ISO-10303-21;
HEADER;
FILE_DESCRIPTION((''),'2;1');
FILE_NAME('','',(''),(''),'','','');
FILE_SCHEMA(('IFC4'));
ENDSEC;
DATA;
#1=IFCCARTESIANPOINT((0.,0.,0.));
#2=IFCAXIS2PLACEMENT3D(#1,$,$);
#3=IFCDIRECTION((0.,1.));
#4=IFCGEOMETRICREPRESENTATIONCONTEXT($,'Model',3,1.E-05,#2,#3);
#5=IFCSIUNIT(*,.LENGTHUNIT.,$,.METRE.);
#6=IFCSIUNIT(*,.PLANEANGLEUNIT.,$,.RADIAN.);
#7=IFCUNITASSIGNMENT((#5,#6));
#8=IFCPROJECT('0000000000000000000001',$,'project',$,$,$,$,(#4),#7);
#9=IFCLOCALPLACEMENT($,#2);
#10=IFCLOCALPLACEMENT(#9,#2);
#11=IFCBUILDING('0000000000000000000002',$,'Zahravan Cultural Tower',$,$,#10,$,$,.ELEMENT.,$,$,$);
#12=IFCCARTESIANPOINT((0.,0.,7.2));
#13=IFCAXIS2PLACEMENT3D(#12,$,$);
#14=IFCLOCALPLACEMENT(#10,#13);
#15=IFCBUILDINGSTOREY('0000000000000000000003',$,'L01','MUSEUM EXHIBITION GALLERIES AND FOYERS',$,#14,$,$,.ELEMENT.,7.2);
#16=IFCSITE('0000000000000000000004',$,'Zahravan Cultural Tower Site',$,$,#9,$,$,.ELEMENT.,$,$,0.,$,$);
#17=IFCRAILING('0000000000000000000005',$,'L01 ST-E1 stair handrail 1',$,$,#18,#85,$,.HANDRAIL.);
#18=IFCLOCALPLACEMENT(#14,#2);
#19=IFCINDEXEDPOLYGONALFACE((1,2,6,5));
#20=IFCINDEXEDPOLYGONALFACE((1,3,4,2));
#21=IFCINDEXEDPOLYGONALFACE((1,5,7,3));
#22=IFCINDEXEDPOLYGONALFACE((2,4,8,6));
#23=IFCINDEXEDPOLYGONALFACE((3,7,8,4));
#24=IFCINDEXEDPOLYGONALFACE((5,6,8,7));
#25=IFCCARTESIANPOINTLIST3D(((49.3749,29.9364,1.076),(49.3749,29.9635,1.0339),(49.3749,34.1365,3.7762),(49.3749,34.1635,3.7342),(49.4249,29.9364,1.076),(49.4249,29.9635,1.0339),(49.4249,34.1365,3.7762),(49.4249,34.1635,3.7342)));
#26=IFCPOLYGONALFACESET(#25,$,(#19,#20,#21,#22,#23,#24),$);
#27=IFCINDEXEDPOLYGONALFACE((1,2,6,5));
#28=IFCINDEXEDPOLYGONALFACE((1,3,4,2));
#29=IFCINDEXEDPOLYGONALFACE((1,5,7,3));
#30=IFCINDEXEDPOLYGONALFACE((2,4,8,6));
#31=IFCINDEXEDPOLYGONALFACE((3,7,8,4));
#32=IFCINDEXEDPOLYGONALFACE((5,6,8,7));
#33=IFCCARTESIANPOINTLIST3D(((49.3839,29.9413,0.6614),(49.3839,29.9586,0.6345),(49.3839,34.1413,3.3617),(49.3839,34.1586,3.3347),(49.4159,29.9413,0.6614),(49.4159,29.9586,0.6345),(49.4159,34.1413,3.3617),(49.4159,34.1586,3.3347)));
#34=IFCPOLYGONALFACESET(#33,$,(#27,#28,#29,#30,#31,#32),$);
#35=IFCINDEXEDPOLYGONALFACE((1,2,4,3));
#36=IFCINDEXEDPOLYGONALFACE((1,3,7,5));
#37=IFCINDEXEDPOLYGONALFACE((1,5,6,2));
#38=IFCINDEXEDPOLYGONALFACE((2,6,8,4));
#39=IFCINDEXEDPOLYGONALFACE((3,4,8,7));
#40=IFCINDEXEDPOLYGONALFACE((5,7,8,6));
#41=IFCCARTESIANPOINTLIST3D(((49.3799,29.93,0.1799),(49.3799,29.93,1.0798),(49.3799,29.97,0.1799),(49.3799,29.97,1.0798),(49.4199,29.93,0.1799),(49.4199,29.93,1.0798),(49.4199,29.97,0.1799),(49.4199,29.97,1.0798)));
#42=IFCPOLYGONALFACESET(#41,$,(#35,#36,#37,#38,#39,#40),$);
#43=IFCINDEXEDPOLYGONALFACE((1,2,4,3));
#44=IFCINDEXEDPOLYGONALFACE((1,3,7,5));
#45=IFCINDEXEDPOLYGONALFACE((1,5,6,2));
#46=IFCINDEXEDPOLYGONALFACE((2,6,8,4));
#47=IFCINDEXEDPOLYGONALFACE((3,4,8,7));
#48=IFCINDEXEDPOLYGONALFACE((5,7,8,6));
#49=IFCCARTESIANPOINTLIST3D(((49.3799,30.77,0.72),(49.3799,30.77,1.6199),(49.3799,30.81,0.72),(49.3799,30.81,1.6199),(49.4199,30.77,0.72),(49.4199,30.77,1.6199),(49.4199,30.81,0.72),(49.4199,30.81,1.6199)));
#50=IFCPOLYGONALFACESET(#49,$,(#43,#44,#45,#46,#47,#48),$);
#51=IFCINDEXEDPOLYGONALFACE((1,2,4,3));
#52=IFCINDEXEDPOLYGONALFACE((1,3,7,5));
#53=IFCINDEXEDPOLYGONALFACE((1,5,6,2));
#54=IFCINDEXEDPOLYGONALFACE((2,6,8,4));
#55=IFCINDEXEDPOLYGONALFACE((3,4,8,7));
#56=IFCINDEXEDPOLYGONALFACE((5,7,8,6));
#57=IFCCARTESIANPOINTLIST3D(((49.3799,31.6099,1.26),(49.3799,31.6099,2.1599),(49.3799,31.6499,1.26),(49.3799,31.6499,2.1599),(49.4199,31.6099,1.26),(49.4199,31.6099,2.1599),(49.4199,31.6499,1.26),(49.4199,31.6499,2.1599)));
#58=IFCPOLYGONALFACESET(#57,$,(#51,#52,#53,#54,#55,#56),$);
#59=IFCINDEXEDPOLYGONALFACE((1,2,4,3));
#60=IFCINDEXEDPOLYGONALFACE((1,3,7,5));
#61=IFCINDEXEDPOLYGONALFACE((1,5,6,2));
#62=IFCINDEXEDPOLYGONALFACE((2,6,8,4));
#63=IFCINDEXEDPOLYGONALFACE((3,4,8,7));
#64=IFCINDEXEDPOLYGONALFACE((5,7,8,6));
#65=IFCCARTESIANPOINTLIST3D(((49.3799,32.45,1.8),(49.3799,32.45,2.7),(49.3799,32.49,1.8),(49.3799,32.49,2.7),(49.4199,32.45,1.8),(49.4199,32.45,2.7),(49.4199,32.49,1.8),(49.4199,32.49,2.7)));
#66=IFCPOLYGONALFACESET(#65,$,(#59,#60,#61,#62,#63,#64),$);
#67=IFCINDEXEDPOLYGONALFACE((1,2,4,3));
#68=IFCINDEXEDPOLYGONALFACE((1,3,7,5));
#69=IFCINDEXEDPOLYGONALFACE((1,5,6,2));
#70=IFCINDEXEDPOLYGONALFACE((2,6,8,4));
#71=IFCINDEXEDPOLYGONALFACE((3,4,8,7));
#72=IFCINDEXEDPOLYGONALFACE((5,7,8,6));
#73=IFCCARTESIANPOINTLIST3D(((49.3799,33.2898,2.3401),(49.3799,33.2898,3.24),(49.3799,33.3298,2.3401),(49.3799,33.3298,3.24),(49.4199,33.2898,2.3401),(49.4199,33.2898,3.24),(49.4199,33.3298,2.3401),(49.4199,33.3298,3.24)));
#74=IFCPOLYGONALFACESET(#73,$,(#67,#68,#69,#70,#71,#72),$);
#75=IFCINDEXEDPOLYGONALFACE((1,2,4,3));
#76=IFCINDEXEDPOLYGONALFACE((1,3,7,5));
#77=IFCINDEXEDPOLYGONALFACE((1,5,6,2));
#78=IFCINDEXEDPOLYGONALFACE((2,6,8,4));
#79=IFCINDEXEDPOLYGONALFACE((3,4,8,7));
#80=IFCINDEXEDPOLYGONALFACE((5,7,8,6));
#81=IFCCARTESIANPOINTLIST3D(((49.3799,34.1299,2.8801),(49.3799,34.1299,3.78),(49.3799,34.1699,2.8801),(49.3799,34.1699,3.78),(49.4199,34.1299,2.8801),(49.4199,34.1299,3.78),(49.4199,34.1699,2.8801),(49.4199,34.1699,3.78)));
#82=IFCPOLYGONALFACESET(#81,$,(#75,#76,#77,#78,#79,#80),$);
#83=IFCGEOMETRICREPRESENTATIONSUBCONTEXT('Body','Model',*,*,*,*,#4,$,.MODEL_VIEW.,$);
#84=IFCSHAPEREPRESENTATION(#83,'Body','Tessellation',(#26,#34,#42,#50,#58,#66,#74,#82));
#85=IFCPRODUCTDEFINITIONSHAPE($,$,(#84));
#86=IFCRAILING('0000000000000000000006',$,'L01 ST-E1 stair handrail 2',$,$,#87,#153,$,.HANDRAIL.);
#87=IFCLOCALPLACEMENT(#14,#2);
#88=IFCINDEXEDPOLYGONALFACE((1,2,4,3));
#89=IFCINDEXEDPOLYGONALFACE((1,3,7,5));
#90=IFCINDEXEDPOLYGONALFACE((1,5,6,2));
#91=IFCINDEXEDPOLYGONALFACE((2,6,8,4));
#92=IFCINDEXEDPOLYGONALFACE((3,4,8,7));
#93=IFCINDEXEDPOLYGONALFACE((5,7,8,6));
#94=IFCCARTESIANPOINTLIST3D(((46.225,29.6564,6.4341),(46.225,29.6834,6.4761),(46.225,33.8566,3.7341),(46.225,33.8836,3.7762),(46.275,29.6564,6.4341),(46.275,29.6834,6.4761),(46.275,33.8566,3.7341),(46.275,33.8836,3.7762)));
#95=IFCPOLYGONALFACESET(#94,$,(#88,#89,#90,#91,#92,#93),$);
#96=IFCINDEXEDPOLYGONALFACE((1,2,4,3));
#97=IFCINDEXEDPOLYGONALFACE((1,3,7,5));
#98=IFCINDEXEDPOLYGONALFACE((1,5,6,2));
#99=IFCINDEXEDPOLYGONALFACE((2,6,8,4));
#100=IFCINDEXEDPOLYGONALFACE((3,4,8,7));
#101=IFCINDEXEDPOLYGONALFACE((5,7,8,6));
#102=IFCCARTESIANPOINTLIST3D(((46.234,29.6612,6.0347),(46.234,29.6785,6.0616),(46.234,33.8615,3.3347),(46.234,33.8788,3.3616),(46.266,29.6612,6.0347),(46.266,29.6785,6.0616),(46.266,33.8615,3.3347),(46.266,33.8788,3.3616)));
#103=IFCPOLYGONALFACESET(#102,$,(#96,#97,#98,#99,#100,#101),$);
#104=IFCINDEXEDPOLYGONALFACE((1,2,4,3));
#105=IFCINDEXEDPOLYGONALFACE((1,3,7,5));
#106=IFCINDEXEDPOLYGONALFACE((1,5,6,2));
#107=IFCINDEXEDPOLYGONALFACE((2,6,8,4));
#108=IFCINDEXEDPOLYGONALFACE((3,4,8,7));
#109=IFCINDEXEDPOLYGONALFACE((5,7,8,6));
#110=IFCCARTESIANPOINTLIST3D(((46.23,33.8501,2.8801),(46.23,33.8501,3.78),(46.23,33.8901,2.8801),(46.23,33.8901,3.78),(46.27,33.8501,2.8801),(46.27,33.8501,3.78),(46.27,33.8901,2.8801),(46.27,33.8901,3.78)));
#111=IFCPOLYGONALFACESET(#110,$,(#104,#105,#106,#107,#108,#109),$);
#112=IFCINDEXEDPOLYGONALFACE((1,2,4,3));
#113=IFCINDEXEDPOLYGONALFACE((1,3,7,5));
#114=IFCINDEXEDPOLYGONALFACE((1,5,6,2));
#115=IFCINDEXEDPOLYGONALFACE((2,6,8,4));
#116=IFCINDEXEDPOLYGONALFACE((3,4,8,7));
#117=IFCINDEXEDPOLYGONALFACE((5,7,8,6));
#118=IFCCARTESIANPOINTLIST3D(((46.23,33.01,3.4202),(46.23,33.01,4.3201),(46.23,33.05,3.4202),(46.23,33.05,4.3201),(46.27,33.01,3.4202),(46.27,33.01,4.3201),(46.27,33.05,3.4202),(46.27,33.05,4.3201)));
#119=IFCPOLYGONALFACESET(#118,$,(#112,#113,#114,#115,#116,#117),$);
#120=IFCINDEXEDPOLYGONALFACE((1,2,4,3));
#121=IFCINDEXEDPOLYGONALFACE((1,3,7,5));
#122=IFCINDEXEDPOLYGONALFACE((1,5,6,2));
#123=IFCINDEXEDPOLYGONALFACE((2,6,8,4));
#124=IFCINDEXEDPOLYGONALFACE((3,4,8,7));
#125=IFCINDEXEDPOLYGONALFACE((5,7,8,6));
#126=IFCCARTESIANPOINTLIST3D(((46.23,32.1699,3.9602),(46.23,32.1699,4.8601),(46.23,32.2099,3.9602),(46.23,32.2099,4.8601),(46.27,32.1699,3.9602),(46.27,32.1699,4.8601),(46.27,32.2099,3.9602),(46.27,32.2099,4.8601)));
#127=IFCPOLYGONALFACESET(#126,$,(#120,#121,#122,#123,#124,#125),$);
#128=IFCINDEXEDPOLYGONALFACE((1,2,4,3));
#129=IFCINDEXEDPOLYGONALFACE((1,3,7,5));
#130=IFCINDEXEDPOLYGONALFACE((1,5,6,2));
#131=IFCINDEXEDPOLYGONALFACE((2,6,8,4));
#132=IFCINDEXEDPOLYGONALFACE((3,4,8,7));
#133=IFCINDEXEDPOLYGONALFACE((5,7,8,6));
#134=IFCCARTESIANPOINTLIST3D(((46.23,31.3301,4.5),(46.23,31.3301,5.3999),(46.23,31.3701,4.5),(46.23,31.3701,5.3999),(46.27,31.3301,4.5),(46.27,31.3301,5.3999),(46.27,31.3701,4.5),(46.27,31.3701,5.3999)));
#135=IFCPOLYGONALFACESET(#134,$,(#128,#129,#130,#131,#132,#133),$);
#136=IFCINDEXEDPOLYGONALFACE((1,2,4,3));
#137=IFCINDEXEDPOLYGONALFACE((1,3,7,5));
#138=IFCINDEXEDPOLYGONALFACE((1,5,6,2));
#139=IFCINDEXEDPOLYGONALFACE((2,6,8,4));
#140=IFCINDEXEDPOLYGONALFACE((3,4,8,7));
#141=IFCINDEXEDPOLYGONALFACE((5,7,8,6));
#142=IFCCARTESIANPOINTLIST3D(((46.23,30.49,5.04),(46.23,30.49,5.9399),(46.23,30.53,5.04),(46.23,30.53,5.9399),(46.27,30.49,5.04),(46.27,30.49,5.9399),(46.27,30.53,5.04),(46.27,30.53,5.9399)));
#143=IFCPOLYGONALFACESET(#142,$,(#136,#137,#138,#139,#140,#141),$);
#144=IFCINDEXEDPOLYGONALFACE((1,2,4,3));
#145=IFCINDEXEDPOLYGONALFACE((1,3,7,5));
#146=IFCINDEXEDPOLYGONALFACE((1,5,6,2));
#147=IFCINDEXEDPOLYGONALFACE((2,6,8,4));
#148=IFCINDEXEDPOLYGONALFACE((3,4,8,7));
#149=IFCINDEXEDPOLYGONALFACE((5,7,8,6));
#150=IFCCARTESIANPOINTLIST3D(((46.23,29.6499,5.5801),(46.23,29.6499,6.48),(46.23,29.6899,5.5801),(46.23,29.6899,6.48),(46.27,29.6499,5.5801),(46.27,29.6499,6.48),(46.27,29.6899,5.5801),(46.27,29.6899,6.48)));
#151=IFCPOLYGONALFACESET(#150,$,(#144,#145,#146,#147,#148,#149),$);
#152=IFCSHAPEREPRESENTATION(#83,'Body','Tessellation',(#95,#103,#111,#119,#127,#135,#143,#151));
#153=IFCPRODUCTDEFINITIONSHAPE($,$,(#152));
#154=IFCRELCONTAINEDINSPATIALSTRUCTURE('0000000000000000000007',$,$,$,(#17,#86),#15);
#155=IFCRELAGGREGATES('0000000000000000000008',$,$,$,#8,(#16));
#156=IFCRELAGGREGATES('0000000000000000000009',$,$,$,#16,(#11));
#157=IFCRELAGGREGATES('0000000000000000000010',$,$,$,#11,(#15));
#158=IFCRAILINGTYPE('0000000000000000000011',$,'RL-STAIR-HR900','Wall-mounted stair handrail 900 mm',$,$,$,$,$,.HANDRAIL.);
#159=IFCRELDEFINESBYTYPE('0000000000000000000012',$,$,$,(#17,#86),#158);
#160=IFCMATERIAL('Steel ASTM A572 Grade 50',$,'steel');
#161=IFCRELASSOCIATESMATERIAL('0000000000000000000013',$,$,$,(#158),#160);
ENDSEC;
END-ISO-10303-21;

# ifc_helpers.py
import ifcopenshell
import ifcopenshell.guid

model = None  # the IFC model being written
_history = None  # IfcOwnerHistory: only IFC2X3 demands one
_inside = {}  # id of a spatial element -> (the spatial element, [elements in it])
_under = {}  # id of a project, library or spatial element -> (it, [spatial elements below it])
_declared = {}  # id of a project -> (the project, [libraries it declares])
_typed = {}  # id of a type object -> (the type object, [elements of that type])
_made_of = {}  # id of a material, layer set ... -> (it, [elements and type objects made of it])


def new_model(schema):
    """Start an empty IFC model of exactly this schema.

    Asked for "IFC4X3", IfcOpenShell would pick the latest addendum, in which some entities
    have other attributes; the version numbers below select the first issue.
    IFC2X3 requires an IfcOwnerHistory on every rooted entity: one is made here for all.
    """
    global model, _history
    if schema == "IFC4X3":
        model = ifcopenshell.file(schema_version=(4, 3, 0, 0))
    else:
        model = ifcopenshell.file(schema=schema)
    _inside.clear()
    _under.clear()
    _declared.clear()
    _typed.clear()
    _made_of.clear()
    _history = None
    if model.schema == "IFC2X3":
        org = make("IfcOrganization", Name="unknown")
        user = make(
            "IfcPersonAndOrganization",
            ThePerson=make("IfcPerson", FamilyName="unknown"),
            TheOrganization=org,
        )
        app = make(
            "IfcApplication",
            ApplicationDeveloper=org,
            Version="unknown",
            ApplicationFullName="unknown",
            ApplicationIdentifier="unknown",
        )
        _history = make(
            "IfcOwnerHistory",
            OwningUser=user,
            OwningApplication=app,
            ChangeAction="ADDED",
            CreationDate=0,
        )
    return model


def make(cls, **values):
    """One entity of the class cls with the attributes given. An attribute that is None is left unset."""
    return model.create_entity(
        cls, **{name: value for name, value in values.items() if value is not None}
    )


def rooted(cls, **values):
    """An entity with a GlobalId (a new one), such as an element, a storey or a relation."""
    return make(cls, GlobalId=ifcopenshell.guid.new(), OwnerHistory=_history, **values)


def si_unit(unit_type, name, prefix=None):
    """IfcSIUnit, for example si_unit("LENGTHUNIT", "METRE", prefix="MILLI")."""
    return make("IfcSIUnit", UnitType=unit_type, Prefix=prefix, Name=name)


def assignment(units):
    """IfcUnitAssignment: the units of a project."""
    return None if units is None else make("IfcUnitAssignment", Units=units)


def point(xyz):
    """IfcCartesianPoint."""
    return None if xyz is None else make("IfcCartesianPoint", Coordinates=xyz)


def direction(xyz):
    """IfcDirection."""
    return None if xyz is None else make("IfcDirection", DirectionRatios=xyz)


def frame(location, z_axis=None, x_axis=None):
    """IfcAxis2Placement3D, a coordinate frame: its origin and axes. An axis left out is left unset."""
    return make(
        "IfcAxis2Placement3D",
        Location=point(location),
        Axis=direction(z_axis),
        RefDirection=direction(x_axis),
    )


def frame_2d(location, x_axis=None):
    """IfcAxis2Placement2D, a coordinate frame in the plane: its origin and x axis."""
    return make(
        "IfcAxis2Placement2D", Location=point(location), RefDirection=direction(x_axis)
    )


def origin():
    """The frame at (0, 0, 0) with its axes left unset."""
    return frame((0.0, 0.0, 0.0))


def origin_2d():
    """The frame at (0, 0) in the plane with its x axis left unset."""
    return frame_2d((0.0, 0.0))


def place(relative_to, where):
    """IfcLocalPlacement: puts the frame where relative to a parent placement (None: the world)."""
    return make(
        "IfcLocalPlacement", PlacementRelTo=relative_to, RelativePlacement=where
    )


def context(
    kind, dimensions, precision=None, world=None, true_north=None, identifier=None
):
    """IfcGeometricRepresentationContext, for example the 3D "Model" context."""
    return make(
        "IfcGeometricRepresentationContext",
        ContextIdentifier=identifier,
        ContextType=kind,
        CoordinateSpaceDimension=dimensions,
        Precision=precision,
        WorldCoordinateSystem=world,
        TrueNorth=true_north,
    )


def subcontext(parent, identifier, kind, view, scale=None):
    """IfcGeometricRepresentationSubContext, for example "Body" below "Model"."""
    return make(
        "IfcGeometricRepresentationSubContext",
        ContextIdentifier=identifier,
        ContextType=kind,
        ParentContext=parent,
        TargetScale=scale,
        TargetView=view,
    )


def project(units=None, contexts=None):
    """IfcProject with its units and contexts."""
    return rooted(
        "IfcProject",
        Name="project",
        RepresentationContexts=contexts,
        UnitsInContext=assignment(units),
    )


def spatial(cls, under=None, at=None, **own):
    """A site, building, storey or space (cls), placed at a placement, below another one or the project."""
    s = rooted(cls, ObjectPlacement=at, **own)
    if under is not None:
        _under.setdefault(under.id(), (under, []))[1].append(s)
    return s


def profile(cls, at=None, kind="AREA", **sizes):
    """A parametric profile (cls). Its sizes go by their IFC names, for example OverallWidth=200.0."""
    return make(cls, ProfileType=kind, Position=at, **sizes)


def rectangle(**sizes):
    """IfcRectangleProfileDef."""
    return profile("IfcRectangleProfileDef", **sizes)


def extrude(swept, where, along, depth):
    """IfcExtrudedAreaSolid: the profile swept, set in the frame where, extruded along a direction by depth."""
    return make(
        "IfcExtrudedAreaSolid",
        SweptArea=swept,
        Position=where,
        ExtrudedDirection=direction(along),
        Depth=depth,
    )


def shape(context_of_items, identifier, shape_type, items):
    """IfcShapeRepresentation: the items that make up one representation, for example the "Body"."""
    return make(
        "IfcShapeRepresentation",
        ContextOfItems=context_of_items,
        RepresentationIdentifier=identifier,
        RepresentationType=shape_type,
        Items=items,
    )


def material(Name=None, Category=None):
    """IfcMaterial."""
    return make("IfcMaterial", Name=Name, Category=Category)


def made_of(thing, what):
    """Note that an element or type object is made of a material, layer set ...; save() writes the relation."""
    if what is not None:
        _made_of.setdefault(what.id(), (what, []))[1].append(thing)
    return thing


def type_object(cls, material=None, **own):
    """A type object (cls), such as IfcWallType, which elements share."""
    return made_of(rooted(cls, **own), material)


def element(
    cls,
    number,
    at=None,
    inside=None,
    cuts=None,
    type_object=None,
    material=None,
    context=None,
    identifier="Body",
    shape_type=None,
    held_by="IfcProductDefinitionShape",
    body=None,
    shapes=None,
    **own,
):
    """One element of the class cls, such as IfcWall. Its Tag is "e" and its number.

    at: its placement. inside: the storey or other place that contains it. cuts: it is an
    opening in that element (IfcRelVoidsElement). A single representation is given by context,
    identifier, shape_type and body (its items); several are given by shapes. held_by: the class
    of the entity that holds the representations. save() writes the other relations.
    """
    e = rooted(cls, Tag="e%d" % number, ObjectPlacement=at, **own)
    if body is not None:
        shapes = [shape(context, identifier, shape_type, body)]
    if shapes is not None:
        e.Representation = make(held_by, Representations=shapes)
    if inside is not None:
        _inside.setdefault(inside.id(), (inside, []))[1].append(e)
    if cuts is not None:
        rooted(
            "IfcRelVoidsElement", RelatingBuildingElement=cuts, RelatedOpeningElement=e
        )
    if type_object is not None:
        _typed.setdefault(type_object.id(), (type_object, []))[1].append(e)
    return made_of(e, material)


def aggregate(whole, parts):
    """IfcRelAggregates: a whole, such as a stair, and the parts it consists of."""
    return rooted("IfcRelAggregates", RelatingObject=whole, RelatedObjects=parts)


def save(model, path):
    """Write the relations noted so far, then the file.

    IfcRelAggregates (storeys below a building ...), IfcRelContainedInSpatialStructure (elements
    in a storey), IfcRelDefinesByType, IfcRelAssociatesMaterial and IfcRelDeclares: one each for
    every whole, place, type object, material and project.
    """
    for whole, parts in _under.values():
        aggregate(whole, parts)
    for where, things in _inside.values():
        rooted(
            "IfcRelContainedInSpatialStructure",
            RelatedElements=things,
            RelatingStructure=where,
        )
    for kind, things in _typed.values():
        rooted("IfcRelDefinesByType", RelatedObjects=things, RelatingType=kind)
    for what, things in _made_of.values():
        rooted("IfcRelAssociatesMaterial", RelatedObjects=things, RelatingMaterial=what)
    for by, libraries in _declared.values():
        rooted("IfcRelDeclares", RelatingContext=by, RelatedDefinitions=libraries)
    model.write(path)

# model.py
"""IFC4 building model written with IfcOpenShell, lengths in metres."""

from ifc_helpers import new_model, si_unit, direction, frame, origin, origin_2d, place, context, subcontext, project, spatial, rectangle, extrude, material, type_object, element, save


model = new_model("IFC4")

# Units and contexts
model_context = context("Model", 3, precision=1e-05, world=origin(), true_north=direction((0.0, 1.0)))
body_context = subcontext(model_context, "Body", "Model", "MODEL_VIEW")
ifc_project = project(units=[si_unit("LENGTHUNIT", "METRE"), si_unit("PLANEANGLEUNIT", "RADIAN")], contexts=[model_context])

# Site, building, storey
site_placement = place(None, origin())
site = spatial("IfcSite", under=ifc_project, at=site_placement, Name="Zahravan Cultural Tower Site", CompositionType="ELEMENT", RefElevation=0.0)
building_placement = place(site_placement, origin())
building = spatial("IfcBuilding", under=site, at=building_placement, Name="Zahravan Cultural Tower", CompositionType="ELEMENT")
storey_placement = place(building_placement, frame((0.0, 0.0, 7.2)))
storey = spatial("IfcBuildingStorey", under=building, at=storey_placement, Name="L01", Description="MUSEUM EXHIBITION GALLERIES AND FOYERS", CompositionType="ELEMENT", Elevation=7.2)

# Shared definitions
ifc_material_1 = material(Name="Steel ASTM A572 Grade 50", Category="steel")

# Railings
railing_type_1 = type_object("IfcRailingType", Name="RL-STAIR-HR900", Description="Wall-mounted stair handrail 900 mm", PredefinedType="HANDRAIL", material=ifc_material_1)
railing_1_placement = place(storey_placement, frame((49.3999, 29.95, 0.1799)))
element("IfcRailing", 1, at=railing_1_placement, inside=storey, type_object=railing_type_1, Name="L01 ST-E1 stair handrail 1", PredefinedType="HANDRAIL", context=body_context, shape_type="SweptSolid", body=[
    extrude(rectangle(XDim=0.05, YDim=0.05, at=origin_2d()), frame((0.0, 0.0, 0.875), z_axis=(0.0, 0.841158, 0.54079), x_axis=(-1.0, 0.0, 0.0)), (0.0, 0.0, 1.0), 4.9932),
    extrude(rectangle(XDim=0.032, YDim=0.032, at=origin_2d()), frame((0.0, 0.0, 0.468), z_axis=(0.0, 0.841158, 0.54079), x_axis=(-1.0, 0.0, 0.0)), (0.0, 0.0, 1.0), 4.9932),
    extrude(rectangle(XDim=0.04, YDim=0.04, at=origin_2d()), origin(), (0.0, 0.0, 1.0), 0.8999),
    extrude(rectangle(XDim=0.04, YDim=0.04, at=origin_2d()), frame((0.0, 0.8401, 0.54)), (0.0, 0.0, 1.0), 0.8999),
    extrude(rectangle(XDim=0.04, YDim=0.04, at=origin_2d()), frame((0.0, 1.6799, 1.0801)), (0.0, 0.0, 1.0), 0.8999),
    extrude(rectangle(XDim=0.04, YDim=0.04, at=origin_2d()), frame((0.0, 2.52, 1.6201)), (0.0, 0.0, 1.0), 0.8999),
    extrude(rectangle(XDim=0.04, YDim=0.04, at=origin_2d()), frame((0.0, 3.3599, 2.1602)), (0.0, 0.0, 1.0), 0.8999),
    extrude(rectangle(XDim=0.04, YDim=0.04, at=origin_2d()), frame((0.0, 4.2, 2.7002)), (0.0, 0.0, 1.0), 0.8999),
])
railing_2_placement = place(storey_placement, frame((46.25, 33.8701, 2.8801)))
element("IfcRailing", 2, at=railing_2_placement, inside=storey, type_object=railing_type_1, Name="L01 ST-E1 stair handrail 2", PredefinedType="HANDRAIL", context=body_context, shape_type="SweptSolid", body=[
    extrude(rectangle(XDim=0.05, YDim=0.05, at=origin_2d()), frame((0.0, 0.0, 0.875), z_axis=(0.0, -0.841194, 0.540733), x_axis=(1.0, 0.0, 0.0)), (0.0, 0.0, 1.0), 4.9932),
    extrude(rectangle(XDim=0.032, YDim=0.032, at=origin_2d()), frame((0.0, 0.0, 0.468), z_axis=(0.0, -0.841194, 0.540733), x_axis=(1.0, 0.0, 0.0)), (0.0, 0.0, 1.0), 4.9932),
    extrude(rectangle(XDim=0.04, YDim=0.04, at=origin_2d()), origin(), (0.0, 0.0, 1.0), 0.8999),
    extrude(rectangle(XDim=0.04, YDim=0.04, at=origin_2d()), frame((0.0, -0.8401, 0.54)), (0.0, 0.0, 1.0), 0.8999),
    extrude(rectangle(XDim=0.04, YDim=0.04, at=origin_2d()), frame((0.0, -1.6802, 1.0801)), (0.0, 0.0, 1.0), 0.8999),
    extrude(rectangle(XDim=0.04, YDim=0.04, at=origin_2d()), frame((0.0, -2.52, 1.6199)), (0.0, 0.0, 1.0), 0.8999),
    extrude(rectangle(XDim=0.04, YDim=0.04, at=origin_2d()), frame((0.0, -3.3601, 2.1599)), (0.0, 0.0, 1.0), 0.8999),
    extrude(rectangle(XDim=0.04, YDim=0.04, at=origin_2d()), frame((0.0, -4.2002, 2.7)), (0.0, 0.0, 1.0), 0.8999),
])

save(model, "model.ifc")
